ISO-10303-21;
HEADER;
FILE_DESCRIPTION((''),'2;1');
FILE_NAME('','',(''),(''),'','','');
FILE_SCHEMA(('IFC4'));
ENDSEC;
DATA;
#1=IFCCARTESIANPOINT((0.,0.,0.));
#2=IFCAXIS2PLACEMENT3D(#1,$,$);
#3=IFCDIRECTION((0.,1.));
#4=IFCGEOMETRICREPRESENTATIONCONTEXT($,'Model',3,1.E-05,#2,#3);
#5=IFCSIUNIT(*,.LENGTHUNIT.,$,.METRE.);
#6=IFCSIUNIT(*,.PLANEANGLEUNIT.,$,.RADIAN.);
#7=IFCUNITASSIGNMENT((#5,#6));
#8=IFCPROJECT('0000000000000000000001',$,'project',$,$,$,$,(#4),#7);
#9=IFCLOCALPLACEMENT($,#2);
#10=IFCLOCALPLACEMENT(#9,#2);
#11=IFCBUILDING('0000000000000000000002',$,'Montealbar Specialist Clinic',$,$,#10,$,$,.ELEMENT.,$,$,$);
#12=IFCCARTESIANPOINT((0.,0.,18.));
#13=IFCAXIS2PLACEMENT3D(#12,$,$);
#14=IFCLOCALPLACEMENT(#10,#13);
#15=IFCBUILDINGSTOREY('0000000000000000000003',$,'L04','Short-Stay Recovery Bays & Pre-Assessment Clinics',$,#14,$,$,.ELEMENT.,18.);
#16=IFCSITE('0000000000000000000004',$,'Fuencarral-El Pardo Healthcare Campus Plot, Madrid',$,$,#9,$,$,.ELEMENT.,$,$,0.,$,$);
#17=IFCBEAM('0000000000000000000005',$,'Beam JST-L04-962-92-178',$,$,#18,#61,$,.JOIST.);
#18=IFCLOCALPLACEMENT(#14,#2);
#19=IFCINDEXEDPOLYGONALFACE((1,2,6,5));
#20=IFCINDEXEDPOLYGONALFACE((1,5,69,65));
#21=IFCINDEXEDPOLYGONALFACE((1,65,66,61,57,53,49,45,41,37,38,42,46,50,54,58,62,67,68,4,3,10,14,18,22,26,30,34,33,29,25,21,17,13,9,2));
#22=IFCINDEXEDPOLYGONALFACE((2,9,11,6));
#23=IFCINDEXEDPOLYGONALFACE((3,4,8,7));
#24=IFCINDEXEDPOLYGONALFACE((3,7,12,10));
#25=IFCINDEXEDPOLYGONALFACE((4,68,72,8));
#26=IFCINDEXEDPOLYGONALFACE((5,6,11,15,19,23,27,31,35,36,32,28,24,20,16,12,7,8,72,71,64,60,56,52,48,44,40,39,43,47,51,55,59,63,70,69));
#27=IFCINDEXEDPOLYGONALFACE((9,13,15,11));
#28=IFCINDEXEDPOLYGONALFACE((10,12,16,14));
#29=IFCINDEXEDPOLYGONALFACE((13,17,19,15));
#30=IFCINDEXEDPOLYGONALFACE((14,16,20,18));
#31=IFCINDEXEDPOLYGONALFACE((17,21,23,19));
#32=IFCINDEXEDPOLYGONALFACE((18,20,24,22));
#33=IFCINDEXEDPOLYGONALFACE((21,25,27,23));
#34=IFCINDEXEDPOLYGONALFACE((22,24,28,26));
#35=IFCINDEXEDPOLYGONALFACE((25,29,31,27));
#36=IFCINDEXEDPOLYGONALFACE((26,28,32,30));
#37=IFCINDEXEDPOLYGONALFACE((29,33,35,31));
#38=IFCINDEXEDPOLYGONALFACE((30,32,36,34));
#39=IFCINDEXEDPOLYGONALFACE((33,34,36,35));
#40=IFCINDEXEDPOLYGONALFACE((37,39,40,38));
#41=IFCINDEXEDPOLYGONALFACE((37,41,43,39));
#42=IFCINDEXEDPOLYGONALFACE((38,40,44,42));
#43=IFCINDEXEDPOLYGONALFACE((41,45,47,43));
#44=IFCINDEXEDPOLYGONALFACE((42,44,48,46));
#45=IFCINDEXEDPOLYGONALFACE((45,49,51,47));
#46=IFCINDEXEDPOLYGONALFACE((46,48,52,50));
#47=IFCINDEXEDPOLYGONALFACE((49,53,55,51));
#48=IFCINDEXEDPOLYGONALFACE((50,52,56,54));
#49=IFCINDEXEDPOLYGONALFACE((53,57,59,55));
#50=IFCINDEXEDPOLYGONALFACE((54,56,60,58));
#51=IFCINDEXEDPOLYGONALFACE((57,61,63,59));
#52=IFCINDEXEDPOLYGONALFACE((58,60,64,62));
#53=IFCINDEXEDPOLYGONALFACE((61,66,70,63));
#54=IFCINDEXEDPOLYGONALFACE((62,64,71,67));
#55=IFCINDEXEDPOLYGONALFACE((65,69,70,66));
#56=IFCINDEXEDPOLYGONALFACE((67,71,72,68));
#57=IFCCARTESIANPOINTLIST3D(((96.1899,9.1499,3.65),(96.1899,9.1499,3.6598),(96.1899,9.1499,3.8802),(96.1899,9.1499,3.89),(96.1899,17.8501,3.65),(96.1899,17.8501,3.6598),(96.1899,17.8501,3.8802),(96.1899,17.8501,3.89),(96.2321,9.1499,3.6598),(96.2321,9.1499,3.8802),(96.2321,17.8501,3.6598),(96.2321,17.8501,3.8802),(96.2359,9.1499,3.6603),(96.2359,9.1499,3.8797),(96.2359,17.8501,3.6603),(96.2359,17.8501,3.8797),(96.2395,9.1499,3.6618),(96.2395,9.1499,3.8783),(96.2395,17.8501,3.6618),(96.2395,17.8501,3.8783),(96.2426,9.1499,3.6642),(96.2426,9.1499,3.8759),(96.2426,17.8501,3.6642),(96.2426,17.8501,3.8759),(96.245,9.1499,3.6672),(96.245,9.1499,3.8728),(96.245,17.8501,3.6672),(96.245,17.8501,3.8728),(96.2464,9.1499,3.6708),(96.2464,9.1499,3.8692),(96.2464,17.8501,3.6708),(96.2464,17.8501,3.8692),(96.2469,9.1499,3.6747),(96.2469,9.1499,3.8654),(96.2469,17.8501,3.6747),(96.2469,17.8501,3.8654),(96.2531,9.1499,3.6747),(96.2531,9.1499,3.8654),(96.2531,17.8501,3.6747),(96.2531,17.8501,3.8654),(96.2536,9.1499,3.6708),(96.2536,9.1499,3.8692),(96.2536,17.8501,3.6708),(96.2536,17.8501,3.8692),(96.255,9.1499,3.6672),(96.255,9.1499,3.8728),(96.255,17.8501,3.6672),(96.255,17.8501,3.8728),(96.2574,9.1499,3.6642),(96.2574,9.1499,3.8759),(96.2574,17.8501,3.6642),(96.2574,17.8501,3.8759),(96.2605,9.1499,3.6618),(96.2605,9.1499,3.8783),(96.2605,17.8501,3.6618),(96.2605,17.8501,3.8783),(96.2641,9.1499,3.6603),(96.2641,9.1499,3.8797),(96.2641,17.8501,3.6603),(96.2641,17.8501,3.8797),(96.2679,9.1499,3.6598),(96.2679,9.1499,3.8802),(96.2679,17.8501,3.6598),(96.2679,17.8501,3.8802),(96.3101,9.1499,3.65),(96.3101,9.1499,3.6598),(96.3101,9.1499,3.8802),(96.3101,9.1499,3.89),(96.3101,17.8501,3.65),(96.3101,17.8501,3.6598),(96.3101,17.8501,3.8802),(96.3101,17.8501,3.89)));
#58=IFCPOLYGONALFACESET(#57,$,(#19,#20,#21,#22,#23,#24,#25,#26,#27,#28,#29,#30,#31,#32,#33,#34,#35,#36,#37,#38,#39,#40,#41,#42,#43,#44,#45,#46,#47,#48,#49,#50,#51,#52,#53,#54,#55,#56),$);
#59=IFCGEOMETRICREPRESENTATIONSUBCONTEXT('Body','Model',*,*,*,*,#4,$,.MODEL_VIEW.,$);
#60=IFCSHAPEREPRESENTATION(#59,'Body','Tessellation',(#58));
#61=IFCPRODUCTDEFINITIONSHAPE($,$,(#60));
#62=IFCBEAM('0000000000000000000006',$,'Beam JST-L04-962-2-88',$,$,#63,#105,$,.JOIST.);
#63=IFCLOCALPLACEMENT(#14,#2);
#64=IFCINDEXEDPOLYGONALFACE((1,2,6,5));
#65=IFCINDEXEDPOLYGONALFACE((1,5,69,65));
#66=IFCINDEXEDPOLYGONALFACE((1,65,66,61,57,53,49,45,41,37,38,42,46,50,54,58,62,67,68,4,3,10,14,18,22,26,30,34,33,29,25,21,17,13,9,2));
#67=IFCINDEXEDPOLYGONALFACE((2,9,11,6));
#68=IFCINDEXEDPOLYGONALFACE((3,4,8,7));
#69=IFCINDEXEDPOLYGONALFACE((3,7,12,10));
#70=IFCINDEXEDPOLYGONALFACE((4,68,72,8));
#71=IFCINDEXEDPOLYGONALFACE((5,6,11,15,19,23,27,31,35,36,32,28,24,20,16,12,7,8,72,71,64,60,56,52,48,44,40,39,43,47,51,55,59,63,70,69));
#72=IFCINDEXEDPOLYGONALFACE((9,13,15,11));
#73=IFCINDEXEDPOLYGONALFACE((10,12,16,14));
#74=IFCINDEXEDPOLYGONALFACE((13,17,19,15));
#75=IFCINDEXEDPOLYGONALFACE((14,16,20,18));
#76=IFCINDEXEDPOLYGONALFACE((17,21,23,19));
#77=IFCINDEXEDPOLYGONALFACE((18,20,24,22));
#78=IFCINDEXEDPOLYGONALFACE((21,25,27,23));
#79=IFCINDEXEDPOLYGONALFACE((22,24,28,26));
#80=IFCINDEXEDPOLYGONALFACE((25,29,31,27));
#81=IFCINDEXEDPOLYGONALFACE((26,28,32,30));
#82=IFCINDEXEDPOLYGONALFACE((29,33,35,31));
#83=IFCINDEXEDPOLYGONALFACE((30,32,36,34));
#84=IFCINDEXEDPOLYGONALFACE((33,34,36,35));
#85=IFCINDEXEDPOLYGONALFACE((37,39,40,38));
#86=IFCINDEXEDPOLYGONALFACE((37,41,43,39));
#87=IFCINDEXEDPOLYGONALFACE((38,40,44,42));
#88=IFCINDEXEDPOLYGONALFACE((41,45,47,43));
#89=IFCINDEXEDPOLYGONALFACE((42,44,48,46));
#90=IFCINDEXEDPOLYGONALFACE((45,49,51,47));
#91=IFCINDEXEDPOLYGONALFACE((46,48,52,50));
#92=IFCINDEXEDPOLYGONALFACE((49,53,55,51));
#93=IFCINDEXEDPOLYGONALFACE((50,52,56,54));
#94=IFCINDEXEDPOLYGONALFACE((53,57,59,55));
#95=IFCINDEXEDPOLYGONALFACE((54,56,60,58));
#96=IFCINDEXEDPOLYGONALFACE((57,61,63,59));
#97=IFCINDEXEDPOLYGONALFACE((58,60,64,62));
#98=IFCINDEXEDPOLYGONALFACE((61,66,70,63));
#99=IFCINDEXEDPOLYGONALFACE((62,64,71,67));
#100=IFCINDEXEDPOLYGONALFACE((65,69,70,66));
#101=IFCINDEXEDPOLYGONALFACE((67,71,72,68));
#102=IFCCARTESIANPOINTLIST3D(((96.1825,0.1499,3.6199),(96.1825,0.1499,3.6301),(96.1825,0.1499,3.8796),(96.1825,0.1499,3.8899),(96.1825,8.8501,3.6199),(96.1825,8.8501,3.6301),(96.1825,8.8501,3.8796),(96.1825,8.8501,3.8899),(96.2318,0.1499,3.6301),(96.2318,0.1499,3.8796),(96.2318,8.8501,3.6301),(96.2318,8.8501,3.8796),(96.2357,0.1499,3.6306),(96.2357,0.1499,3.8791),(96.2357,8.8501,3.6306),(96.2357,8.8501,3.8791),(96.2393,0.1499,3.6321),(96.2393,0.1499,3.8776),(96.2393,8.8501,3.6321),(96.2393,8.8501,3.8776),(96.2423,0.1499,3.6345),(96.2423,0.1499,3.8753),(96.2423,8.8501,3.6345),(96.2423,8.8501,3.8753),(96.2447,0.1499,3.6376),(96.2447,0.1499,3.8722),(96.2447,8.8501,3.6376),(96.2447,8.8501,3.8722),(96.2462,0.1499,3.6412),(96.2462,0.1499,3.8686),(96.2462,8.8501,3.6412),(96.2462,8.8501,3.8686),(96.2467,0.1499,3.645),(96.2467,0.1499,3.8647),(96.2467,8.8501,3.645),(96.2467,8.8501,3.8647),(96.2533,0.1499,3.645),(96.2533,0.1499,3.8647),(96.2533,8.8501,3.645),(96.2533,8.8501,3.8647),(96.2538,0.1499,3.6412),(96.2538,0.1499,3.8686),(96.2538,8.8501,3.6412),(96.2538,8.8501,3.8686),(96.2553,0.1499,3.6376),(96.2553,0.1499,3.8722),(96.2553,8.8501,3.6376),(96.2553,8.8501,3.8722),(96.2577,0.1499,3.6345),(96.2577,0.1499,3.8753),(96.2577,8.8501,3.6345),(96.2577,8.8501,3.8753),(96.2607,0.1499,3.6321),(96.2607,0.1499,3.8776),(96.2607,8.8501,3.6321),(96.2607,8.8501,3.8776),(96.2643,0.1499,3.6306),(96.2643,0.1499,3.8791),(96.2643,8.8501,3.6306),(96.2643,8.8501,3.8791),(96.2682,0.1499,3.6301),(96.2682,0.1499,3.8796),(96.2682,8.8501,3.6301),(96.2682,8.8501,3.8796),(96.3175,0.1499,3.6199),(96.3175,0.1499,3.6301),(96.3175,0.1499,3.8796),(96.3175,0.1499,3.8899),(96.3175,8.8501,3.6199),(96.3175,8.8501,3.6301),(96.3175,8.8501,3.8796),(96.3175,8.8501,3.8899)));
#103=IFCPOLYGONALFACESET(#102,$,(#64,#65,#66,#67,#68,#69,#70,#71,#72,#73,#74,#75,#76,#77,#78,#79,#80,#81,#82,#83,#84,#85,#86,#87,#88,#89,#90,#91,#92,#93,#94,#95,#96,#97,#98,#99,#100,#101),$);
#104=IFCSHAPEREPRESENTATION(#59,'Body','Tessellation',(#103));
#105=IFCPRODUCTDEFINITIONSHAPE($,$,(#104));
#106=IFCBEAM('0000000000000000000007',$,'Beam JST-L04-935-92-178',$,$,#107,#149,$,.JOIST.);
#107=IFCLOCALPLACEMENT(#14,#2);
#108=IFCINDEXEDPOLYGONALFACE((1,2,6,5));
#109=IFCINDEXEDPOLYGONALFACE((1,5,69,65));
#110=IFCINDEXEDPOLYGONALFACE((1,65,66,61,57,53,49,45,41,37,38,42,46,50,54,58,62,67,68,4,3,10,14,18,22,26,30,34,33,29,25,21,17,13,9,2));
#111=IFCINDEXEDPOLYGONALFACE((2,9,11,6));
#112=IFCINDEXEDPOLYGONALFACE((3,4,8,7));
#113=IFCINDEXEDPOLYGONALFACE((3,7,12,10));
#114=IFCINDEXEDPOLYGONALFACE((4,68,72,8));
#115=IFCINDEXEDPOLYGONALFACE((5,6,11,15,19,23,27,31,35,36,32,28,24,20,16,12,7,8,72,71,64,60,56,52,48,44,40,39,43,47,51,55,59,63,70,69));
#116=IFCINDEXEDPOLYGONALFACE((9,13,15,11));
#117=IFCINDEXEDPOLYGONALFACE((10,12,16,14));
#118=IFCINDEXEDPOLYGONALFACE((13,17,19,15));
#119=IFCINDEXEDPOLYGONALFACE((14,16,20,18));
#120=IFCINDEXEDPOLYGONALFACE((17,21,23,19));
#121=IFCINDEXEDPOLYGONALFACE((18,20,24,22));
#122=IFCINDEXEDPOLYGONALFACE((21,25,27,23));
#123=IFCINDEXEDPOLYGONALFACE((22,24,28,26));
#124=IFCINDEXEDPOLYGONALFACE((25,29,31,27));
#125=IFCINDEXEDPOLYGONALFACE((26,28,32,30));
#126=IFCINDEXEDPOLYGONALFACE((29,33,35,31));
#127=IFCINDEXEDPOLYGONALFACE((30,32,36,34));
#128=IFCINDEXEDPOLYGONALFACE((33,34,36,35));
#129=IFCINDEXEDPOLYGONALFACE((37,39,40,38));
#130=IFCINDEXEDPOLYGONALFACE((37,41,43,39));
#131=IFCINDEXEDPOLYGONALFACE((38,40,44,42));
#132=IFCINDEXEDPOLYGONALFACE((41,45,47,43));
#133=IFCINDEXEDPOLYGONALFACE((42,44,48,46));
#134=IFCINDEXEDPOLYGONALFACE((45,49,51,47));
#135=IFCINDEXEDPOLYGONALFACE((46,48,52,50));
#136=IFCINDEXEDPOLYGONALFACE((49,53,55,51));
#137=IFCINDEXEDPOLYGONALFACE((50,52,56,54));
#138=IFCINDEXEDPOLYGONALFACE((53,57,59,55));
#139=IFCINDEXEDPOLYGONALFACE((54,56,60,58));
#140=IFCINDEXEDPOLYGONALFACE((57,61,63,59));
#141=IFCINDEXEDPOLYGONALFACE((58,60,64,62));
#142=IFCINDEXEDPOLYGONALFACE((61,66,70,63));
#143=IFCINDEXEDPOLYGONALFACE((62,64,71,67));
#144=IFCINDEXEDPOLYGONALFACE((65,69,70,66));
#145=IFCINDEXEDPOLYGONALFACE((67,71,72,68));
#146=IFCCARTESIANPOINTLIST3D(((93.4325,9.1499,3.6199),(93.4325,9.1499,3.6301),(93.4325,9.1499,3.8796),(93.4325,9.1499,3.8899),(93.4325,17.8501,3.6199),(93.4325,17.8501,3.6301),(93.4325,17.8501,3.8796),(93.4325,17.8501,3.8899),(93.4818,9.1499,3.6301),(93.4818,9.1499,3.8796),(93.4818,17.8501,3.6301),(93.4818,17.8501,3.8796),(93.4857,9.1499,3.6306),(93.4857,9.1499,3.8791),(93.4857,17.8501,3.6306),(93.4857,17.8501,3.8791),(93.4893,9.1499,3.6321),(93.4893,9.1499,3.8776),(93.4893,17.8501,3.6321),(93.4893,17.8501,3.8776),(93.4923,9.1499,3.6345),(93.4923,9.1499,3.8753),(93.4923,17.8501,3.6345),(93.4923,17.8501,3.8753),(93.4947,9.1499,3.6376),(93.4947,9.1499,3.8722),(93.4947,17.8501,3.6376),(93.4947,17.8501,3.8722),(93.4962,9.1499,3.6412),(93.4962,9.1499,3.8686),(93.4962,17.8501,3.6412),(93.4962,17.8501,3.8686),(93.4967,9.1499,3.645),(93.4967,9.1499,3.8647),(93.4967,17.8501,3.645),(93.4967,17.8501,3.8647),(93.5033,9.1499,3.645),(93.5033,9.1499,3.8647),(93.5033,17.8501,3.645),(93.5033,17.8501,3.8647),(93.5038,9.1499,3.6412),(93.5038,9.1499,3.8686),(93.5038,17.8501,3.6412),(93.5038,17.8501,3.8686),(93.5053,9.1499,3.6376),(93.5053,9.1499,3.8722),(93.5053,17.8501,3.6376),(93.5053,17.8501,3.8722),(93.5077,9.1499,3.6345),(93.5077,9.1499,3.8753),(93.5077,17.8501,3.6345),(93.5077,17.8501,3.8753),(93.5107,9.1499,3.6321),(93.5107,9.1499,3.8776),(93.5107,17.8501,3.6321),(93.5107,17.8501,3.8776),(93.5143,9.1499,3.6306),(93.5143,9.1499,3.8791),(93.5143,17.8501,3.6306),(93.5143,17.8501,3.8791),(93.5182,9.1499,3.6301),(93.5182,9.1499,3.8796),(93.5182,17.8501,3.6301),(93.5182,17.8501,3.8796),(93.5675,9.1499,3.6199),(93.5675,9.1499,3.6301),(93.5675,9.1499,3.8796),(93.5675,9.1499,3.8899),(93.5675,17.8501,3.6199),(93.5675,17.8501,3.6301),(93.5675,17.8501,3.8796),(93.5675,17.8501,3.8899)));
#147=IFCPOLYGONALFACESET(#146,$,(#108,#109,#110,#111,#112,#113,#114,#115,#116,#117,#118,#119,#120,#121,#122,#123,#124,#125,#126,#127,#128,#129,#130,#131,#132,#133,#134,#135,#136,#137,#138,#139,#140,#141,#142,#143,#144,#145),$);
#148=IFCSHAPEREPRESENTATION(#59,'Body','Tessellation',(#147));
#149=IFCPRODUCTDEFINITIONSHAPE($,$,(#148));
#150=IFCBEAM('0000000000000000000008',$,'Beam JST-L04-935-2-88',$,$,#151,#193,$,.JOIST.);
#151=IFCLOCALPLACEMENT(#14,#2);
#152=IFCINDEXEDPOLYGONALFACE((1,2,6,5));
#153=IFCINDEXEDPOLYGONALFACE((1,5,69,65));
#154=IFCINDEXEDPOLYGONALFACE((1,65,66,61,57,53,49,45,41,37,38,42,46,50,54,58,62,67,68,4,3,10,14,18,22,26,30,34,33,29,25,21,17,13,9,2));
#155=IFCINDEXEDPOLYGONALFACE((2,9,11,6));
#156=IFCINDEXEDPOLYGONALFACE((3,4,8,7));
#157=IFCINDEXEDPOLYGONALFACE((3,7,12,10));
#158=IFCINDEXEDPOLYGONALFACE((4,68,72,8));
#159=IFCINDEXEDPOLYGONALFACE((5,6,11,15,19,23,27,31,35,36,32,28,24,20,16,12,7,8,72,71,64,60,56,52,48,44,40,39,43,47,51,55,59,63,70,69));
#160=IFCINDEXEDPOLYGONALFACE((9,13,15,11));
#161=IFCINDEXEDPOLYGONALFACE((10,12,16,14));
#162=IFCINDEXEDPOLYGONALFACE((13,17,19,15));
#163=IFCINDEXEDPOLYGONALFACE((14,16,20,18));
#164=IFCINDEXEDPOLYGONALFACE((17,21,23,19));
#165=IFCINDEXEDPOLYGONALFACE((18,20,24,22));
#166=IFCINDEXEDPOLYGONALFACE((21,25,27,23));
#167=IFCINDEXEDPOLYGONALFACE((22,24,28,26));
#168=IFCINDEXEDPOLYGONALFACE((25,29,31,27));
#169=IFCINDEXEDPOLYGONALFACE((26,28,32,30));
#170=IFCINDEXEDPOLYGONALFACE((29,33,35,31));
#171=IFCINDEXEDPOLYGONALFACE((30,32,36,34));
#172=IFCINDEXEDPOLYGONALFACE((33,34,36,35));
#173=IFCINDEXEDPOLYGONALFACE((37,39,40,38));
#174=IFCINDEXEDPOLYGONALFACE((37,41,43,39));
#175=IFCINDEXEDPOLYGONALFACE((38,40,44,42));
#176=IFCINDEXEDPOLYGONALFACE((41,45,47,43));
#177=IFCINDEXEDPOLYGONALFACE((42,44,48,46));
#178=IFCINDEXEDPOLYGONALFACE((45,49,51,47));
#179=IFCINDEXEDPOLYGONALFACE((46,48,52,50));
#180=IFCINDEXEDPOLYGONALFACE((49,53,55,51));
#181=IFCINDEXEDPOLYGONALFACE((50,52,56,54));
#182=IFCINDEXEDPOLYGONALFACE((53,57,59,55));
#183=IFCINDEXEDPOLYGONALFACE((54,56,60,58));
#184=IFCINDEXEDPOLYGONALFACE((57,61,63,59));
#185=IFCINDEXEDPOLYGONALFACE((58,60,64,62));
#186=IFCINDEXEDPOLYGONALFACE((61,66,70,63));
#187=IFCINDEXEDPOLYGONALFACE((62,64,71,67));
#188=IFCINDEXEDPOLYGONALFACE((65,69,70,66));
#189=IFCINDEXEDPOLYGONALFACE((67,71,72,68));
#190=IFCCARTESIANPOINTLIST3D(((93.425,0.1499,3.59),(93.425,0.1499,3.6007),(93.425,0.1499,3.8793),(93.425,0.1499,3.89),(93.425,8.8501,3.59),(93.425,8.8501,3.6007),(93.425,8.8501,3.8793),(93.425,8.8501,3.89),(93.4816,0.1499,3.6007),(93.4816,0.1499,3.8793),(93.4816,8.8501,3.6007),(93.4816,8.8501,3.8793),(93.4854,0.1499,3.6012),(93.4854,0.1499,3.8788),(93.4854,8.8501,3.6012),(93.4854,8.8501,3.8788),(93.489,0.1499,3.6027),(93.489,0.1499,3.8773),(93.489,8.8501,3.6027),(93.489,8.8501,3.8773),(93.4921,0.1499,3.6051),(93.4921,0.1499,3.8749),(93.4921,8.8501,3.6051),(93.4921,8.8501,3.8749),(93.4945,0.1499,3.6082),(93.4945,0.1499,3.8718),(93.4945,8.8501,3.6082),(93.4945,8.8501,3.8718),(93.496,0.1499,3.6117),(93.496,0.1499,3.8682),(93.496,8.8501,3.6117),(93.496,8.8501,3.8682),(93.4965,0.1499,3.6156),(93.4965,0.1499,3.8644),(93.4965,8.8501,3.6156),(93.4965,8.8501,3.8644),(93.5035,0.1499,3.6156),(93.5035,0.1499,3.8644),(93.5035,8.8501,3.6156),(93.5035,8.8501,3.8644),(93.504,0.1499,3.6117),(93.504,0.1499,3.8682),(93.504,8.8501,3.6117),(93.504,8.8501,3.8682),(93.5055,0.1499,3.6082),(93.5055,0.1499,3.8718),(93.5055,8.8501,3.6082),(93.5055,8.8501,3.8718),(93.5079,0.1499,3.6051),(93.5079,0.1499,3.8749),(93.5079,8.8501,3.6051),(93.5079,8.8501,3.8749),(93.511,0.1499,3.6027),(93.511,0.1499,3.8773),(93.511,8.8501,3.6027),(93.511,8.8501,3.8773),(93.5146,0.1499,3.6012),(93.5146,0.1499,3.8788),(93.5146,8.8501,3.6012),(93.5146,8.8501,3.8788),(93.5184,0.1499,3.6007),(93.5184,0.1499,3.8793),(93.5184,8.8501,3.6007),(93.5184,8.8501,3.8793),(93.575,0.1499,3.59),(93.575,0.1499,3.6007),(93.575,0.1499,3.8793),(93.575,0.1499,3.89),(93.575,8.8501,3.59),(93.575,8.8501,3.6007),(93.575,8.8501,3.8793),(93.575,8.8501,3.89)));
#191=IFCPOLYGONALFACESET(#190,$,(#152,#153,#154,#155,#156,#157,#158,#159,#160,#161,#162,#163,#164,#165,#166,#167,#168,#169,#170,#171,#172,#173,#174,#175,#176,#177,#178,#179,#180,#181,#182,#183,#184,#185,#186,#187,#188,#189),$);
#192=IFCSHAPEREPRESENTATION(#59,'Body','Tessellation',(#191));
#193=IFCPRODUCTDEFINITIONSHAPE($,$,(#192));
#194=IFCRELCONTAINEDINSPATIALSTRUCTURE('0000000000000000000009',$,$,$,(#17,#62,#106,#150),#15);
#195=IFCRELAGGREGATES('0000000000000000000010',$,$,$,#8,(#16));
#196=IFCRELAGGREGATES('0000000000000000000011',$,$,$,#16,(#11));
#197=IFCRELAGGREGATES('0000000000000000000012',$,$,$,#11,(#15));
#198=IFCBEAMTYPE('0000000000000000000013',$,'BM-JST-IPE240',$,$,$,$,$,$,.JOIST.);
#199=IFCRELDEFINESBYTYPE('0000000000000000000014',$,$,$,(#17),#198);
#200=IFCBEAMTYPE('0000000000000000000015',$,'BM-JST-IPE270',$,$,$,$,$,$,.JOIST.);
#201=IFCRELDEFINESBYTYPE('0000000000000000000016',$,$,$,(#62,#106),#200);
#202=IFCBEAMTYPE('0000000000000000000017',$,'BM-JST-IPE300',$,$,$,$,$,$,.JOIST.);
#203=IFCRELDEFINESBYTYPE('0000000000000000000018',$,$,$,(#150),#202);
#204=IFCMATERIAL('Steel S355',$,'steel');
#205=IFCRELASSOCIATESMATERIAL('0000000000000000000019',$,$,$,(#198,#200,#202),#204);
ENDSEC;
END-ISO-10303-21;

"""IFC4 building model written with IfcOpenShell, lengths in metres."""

from ifc_helpers import new_model, si_unit, direction, frame, origin, origin_2d, place, context, subcontext, project, spatial, i_section, extrude, material, material_profile, profile_set, type_object, element, save


model = new_model("IFC4")

# Units and contexts
model_context = context("Model", 3, precision=1e-05, world=origin(), true_north=direction((0.0, 1.0)))
body_context = subcontext(model_context, "Body", "Model", "MODEL_VIEW")
ifc_project = project(units=[si_unit("LENGTHUNIT", "METRE"), si_unit("PLANEANGLEUNIT", "RADIAN")], contexts=[model_context])

# Site, building, storey
site_placement = place(None, origin())
site = spatial("IfcSite", under=ifc_project, at=site_placement, Name="Fuencarral-El Pardo Healthcare Campus Plot, Madrid", CompositionType="ELEMENT", RefElevation=0.0)
building_placement = place(site_placement, origin())
building = spatial("IfcBuilding", under=site, at=building_placement, Name="Montealbar Specialist Clinic", CompositionType="ELEMENT")
storey_placement = place(building_placement, frame((0.0, 0.0, 18.0)))
storey = spatial("IfcBuildingStorey", under=building, at=storey_placement, Name="L04", Description="Short-Stay Recovery Bays & Pre-Assessment Clinics", CompositionType="ELEMENT", Elevation=18.0)

# Shared definitions
ifc_material_1 = material(Name="Steel S355", Category="steel")

# Beams
ifc_material_profile_1 = material_profile(ifc_material_1, i_section(OverallWidth=0.1201, OverallDepth=0.24, WebThickness=0.0061, FlangeThickness=0.0098, FilletRadius=0.0149, at=origin_2d()), Name="IPE 240", Category="steel")
ifc_profile_set_1 = profile_set([ifc_material_profile_1], Name="Steel S355")
beam_type_1 = type_object("IfcBeamType", Name="BM-JST-IPE240", PredefinedType="JOIST", material=ifc_profile_set_1)
beam_1_placement = place(storey_placement, frame((96.25, 9.1499, 3.77), z_axis=(0.0, 1.0, 0.0), x_axis=(-1.0, 0.0, 0.0)))
element("IfcBeam", 1, at=beam_1_placement, inside=storey, type_object=beam_type_1, Name="Beam JST-L04-962-92-178", PredefinedType="JOIST", context=body_context, shape_type="SweptSolid", body=[
    extrude(i_section(OverallWidth=0.1201, OverallDepth=0.24, WebThickness=0.0061, FlangeThickness=0.0098, FilletRadius=0.0149, at=origin_2d()), origin(), (0.0, 0.0, 1.0), 8.7002),
])
ifc_material_profile_2 = material_profile(ifc_material_1, i_section(OverallWidth=0.135, OverallDepth=0.27, WebThickness=0.0066, FlangeThickness=0.0103, FilletRadius=0.0149, at=origin_2d()), Name="IPE 270", Category="steel")
ifc_profile_set_2 = profile_set([ifc_material_profile_2], Name="Steel S355")
beam_type_2 = type_object("IfcBeamType", Name="BM-JST-IPE270", PredefinedType="JOIST", material=ifc_profile_set_2)
for number, where, z_axis, x_axis, name in (
    (2, (96.25, 0.1499, 3.7549), (0.0, 1.0, 0.0), (-1.0, 0.0, 0.0), "Beam JST-L04-962-2-88"),
    (3, (93.5, 9.1499, 3.7549), (0.0, 1.0, 0.0), (-1.0, 0.0, 0.0), "Beam JST-L04-935-92-178"),
):
    element("IfcBeam", number, at=place(storey_placement, frame(where, z_axis=z_axis, x_axis=x_axis)), inside=storey, type_object=beam_type_2, Name=name, PredefinedType="JOIST", context=body_context, shape_type="SweptSolid", body=[
        extrude(i_section(OverallWidth=0.135, OverallDepth=0.27, WebThickness=0.0066, FlangeThickness=0.0103, FilletRadius=0.0149, at=origin_2d()), origin(), (0.0, 0.0, 1.0), 8.7002),
    ])
ifc_material_profile_3 = material_profile(ifc_material_1, i_section(OverallWidth=0.1499, OverallDepth=0.3, WebThickness=0.0071, FlangeThickness=0.0107, FilletRadius=0.0149, at=origin_2d()), Name="IPE 300", Category="steel")
ifc_profile_set_3 = profile_set([ifc_material_profile_3], Name="Steel S355")
beam_type_3 = type_object("IfcBeamType", Name="BM-JST-IPE300", PredefinedType="JOIST", material=ifc_profile_set_3)
beam_2_placement = place(storey_placement, frame((93.5, 0.1499, 3.74), z_axis=(0.0, 1.0, 0.0), x_axis=(-1.0, 0.0, 0.0)))
element("IfcBeam", 4, at=beam_2_placement, inside=storey, type_object=beam_type_3, Name="Beam JST-L04-935-2-88", PredefinedType="JOIST", context=body_context, shape_type="SweptSolid", body=[
    extrude(i_section(OverallWidth=0.1499, OverallDepth=0.3, WebThickness=0.0071, FlangeThickness=0.0107, FilletRadius=0.0149, at=origin_2d()), origin(), (0.0, 0.0, 1.0), 8.7002),
])

save(model, "model.ifc")
